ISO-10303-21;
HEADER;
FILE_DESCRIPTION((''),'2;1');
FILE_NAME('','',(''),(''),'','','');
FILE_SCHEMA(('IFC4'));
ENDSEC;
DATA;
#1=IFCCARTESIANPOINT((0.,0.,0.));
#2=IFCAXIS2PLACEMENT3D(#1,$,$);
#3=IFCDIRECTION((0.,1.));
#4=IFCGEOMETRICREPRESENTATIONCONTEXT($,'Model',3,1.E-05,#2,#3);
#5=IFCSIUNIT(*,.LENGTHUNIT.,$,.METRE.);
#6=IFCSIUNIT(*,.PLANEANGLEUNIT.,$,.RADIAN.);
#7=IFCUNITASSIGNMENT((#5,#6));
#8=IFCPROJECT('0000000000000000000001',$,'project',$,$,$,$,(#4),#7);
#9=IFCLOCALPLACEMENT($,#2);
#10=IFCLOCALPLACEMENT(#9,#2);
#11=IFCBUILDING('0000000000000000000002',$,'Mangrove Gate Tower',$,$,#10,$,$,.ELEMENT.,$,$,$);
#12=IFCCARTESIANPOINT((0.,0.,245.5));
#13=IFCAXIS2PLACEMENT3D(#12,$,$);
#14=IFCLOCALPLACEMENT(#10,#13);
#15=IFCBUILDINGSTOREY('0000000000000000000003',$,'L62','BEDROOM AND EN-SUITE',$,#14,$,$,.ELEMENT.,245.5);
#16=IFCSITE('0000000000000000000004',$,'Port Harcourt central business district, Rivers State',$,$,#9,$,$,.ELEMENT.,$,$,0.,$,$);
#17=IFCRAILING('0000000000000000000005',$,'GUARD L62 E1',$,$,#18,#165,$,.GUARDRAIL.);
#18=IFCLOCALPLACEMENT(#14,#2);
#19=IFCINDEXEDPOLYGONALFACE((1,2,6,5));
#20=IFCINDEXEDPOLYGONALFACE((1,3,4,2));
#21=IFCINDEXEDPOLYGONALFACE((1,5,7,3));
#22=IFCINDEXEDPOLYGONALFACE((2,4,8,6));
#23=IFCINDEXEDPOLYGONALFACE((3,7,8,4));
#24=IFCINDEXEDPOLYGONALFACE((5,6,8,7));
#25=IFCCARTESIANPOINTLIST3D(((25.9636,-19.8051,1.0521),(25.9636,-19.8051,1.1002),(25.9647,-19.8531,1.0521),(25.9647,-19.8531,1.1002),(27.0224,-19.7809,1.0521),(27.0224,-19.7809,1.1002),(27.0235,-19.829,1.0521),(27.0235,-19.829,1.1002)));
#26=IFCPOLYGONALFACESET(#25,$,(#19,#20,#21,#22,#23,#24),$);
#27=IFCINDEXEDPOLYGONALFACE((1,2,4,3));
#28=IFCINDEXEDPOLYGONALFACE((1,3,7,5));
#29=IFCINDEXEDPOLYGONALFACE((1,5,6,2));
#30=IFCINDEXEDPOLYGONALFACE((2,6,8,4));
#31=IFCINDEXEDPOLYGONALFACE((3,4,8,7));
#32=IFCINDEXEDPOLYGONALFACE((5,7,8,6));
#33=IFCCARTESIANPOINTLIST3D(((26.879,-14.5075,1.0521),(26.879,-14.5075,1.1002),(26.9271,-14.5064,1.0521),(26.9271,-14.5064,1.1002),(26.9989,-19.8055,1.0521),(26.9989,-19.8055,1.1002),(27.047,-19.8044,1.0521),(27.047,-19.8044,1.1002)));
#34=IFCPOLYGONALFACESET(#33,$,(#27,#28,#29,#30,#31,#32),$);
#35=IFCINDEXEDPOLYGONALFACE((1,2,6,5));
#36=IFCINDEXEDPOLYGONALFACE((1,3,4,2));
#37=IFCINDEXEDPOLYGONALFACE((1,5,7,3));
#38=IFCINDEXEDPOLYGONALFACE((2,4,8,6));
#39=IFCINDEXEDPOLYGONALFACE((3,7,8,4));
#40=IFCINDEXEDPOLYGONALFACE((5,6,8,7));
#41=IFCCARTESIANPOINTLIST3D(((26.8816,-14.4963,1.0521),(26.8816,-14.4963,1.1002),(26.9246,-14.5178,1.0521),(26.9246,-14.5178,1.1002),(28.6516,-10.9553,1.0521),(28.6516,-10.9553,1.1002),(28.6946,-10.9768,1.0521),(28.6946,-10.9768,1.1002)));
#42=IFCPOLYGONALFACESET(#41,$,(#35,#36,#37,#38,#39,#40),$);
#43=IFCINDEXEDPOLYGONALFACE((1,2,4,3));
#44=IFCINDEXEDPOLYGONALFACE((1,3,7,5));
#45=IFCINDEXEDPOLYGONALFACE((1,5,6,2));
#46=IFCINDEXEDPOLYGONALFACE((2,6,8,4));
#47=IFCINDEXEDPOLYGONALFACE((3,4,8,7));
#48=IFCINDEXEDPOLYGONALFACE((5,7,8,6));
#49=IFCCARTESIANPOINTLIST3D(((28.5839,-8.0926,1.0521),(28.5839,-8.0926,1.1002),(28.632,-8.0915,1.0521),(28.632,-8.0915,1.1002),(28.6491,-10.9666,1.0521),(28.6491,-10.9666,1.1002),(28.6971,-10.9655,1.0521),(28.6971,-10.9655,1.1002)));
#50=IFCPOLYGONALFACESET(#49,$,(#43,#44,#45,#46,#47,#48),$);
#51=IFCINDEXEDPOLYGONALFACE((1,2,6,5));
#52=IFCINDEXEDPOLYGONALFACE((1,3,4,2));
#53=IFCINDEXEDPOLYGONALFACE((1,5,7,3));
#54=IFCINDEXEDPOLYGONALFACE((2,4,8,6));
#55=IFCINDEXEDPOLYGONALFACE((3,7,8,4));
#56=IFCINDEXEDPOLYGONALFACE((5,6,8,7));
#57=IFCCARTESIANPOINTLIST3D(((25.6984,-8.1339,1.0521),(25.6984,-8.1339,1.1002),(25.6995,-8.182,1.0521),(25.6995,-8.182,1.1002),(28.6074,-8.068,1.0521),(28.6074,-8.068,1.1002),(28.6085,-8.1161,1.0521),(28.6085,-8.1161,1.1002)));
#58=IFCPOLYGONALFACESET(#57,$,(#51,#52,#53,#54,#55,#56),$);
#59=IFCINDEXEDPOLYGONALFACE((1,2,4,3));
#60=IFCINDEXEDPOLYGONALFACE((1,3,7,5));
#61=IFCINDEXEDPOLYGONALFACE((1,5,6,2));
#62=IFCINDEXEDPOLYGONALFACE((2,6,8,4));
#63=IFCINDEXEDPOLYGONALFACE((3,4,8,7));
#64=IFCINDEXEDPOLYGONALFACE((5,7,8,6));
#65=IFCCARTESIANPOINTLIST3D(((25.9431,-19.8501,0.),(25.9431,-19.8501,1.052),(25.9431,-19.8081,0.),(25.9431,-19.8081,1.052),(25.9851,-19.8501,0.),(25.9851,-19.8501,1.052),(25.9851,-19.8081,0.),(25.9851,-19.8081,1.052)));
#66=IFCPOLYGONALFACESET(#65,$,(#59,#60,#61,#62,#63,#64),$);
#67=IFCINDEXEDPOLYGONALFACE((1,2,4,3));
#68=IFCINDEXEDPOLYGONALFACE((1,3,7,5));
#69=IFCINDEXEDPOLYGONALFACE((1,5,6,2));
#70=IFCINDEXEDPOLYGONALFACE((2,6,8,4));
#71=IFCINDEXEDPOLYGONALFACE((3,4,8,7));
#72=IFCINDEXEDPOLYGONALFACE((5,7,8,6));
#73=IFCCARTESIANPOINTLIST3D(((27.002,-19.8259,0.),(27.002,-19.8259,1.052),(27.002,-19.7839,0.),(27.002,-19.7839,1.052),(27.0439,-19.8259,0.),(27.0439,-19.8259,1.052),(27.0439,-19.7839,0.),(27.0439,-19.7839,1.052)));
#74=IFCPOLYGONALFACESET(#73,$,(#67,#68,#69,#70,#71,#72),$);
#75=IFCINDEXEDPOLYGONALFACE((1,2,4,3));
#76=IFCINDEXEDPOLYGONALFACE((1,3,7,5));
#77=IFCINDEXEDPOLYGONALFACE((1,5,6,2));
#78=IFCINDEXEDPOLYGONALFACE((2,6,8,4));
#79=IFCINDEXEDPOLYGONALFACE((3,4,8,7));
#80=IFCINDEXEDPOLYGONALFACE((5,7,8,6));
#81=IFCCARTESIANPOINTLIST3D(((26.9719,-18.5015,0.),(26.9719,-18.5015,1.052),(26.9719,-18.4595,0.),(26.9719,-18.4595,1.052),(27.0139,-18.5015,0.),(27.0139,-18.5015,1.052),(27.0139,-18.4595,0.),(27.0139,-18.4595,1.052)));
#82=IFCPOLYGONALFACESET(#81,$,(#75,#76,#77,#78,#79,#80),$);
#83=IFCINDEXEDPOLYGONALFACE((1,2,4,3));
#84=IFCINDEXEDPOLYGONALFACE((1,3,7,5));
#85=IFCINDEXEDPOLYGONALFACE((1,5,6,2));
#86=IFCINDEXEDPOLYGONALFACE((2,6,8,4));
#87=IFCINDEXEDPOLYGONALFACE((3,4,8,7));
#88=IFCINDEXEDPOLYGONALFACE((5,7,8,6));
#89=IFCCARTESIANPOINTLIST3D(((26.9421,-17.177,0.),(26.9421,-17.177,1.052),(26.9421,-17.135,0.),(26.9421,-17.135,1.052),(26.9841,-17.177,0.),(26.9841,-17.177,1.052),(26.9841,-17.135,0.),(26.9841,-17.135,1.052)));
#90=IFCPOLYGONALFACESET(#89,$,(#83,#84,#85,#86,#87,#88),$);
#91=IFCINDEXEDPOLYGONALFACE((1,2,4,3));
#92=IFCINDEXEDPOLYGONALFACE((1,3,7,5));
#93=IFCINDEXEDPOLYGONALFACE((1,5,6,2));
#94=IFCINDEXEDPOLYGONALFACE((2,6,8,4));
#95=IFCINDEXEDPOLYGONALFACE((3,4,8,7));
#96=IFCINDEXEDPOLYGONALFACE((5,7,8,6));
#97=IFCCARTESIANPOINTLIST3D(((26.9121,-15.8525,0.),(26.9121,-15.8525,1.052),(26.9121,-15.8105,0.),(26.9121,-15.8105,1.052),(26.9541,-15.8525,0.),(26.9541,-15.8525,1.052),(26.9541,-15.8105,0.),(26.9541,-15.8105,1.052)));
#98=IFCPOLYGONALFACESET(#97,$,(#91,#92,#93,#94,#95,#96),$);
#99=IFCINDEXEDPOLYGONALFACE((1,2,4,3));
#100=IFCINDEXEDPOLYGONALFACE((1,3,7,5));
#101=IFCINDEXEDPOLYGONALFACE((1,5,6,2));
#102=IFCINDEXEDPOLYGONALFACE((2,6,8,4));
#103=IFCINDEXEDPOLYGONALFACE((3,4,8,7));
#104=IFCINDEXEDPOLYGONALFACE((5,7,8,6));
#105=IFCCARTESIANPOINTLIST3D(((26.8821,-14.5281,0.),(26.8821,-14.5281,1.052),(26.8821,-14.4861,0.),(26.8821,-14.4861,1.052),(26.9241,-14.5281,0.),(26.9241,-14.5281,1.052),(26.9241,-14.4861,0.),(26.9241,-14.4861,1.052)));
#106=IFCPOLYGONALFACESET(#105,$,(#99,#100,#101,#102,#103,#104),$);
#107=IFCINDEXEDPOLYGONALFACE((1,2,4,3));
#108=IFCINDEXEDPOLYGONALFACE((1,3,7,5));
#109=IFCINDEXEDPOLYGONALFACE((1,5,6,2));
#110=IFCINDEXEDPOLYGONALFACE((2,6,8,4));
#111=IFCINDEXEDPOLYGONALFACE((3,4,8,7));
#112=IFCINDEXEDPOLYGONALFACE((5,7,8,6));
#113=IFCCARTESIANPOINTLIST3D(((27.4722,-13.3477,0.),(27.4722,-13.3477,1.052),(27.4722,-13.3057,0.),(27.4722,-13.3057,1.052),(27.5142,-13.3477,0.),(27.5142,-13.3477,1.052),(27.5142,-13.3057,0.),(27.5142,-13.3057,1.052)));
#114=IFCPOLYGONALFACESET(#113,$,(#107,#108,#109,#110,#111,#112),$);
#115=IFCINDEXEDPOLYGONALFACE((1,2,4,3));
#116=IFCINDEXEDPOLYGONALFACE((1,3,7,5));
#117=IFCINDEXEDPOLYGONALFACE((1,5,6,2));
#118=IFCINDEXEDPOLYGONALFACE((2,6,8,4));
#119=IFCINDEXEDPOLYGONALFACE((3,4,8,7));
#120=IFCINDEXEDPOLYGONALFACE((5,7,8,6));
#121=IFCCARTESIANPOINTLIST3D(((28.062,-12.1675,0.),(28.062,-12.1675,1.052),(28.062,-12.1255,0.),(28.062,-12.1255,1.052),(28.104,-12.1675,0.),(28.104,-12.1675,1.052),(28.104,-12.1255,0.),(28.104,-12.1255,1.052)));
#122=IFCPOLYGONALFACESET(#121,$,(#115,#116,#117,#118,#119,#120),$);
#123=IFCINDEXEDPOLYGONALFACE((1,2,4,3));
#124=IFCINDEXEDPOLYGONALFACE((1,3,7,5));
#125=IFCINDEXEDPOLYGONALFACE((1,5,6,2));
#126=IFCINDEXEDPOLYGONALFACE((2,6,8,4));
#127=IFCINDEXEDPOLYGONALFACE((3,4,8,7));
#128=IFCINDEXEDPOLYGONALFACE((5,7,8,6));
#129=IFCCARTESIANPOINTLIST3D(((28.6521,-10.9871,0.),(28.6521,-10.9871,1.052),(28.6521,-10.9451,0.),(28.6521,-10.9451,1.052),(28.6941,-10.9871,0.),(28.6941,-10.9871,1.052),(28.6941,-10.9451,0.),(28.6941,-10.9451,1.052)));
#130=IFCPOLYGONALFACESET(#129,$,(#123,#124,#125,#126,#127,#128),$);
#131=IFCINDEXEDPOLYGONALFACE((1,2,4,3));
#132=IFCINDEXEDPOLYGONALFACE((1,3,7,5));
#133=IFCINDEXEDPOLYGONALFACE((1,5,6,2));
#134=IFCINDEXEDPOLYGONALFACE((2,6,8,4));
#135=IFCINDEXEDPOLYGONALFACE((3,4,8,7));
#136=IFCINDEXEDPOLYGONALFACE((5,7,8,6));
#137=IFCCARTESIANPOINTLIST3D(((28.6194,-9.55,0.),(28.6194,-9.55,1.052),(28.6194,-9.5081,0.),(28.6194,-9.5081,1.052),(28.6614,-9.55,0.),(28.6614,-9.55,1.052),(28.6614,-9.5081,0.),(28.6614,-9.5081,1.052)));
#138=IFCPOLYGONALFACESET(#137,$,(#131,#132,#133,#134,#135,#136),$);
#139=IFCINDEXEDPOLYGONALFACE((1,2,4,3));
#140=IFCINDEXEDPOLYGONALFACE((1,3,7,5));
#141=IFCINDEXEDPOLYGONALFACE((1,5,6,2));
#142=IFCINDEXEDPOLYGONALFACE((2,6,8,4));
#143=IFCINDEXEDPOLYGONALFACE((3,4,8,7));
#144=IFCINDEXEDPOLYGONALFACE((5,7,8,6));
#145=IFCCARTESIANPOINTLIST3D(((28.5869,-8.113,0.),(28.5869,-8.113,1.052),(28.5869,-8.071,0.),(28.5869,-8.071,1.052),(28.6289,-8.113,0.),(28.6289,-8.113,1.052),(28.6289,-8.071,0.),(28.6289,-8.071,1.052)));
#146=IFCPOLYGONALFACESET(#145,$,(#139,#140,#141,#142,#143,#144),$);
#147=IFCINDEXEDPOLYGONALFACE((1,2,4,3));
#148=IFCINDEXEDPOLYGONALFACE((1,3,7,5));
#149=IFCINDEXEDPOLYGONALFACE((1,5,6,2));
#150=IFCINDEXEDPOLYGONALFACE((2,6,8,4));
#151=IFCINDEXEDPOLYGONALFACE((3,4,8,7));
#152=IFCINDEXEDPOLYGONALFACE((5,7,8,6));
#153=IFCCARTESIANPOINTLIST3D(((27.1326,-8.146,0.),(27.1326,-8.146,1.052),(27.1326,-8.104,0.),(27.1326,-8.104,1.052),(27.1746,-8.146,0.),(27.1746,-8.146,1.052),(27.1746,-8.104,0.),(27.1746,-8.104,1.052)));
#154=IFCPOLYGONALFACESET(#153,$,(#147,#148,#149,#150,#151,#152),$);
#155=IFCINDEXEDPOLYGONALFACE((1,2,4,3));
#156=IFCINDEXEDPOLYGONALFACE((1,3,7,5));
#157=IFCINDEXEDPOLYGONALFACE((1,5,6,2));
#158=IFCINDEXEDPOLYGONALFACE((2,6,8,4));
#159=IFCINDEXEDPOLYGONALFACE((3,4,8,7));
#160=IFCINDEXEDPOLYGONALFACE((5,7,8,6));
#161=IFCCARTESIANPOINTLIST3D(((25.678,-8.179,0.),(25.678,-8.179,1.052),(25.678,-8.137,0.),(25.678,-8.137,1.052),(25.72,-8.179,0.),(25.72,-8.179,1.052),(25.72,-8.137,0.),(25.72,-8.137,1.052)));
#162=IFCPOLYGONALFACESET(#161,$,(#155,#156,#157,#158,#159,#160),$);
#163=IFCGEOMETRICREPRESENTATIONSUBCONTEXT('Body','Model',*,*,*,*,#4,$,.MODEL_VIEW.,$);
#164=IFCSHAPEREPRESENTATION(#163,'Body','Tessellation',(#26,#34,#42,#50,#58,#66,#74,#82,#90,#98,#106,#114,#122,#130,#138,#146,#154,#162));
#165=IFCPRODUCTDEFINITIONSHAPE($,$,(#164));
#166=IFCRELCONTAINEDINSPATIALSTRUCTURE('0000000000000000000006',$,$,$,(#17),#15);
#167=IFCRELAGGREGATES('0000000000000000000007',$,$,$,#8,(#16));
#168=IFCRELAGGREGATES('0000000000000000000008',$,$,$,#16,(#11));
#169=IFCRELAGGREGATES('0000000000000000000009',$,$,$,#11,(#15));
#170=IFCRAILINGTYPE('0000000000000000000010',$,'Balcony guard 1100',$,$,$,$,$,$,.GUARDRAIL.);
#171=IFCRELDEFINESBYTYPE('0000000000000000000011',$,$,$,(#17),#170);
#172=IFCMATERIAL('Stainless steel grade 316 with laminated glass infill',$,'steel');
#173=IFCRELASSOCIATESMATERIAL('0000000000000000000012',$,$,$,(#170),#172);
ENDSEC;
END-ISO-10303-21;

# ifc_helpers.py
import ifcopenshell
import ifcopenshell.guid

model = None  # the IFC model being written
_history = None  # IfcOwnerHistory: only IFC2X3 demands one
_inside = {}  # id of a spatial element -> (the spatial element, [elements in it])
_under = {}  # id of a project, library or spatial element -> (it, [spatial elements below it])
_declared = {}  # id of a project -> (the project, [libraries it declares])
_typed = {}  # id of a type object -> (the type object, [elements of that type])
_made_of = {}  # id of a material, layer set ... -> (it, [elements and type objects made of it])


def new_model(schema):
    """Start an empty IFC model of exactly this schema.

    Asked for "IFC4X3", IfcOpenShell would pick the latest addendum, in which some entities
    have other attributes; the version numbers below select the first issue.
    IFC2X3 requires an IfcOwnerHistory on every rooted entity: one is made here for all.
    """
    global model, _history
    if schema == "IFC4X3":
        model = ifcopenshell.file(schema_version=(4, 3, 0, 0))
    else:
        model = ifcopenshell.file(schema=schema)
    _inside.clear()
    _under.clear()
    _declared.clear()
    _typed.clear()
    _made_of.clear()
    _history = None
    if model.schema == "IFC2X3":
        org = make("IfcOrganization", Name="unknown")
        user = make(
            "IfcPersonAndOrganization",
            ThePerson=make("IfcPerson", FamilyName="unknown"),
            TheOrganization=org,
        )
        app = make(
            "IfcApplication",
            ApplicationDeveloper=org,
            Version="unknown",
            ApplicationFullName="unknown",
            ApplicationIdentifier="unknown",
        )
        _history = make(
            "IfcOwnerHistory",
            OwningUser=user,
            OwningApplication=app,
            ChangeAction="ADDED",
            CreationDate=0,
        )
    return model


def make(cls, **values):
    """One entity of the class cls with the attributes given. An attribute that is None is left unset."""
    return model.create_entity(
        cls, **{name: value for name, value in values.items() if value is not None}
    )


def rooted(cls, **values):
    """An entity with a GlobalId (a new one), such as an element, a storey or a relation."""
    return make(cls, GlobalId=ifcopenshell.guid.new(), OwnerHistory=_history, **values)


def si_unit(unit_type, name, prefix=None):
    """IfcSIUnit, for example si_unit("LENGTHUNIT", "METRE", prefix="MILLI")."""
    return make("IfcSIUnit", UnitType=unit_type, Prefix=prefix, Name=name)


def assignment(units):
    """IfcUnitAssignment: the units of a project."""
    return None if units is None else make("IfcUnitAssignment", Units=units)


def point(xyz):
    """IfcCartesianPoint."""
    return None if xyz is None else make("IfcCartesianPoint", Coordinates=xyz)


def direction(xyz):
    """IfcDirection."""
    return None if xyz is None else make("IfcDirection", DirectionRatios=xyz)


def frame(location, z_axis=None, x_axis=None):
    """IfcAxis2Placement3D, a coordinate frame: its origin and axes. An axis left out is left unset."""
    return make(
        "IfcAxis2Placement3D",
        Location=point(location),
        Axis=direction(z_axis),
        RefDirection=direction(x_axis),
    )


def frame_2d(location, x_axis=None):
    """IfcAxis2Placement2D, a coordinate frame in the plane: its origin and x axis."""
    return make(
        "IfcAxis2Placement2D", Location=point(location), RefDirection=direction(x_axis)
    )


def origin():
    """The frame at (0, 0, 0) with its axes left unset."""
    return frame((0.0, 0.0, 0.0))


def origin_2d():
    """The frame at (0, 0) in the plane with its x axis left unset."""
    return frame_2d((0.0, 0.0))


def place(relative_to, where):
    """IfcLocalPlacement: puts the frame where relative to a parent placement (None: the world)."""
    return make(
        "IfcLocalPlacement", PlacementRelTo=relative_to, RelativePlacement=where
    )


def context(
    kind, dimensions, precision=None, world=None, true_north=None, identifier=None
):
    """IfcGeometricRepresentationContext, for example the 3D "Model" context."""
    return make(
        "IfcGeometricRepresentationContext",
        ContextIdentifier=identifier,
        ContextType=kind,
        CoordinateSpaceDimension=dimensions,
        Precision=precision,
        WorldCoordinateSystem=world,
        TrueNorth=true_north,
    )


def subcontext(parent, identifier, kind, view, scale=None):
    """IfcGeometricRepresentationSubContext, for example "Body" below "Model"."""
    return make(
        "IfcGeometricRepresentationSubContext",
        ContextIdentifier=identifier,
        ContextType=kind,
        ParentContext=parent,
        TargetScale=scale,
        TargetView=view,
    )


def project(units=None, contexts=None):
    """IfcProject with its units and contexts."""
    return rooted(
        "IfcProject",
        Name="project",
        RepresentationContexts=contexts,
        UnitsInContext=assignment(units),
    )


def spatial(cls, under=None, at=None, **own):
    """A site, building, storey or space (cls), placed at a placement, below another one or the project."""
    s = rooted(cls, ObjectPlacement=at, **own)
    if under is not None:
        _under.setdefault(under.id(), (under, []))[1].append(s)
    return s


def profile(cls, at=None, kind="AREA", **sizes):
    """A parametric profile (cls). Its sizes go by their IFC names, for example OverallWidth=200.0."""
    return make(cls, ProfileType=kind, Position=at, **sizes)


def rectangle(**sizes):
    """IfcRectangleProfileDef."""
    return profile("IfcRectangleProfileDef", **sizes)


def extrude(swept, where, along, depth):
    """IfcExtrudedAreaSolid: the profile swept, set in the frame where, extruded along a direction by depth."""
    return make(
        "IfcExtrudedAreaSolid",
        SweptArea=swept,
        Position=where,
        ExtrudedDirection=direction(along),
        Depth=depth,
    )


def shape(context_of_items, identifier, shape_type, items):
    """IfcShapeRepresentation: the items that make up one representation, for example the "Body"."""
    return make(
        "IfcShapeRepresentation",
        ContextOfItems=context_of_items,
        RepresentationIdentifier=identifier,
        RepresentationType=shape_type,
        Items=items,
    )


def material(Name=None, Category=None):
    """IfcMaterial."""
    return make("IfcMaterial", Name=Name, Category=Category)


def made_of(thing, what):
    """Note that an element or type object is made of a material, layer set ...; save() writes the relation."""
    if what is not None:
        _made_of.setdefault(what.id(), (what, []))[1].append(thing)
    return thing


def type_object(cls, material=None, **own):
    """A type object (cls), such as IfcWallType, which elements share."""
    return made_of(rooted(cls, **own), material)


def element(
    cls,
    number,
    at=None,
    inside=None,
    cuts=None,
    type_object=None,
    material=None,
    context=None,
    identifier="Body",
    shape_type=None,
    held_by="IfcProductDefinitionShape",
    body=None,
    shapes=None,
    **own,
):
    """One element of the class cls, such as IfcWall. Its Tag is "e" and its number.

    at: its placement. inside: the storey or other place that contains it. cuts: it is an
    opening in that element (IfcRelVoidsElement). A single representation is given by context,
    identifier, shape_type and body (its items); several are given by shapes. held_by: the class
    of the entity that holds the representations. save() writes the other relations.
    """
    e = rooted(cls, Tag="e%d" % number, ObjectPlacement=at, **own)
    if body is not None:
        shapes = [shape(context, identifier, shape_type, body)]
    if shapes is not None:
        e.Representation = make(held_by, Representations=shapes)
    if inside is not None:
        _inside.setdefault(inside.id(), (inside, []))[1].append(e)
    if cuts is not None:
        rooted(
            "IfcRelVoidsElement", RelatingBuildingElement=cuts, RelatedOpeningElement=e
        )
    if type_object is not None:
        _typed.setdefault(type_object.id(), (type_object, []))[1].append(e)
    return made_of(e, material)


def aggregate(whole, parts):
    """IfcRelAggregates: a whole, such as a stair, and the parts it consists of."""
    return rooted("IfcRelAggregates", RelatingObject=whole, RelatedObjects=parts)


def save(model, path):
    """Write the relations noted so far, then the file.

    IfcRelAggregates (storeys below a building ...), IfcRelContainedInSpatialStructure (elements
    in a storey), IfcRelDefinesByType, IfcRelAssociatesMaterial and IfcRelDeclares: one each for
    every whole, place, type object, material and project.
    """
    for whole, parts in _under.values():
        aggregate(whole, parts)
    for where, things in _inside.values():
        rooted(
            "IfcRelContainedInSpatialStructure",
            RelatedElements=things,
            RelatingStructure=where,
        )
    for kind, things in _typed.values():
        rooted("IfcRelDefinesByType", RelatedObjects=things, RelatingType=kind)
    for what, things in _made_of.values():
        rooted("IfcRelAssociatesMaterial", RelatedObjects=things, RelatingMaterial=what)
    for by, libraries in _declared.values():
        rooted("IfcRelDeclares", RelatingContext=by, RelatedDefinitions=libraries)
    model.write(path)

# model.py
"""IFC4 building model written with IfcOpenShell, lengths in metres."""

from ifc_helpers import new_model, si_unit, direction, frame, origin, origin_2d, place, context, subcontext, project, spatial, rectangle, extrude, material, type_object, element, save


model = new_model("IFC4")

# Units and contexts
model_context = context("Model", 3, precision=1e-05, world=origin(), true_north=direction((0.0, 1.0)))
body_context = subcontext(model_context, "Body", "Model", "MODEL_VIEW")
ifc_project = project(units=[si_unit("LENGTHUNIT", "METRE"), si_unit("PLANEANGLEUNIT", "RADIAN")], contexts=[model_context])

# Site, building, storey
site_placement = place(None, origin())
site = spatial("IfcSite", under=ifc_project, at=site_placement, Name="Port Harcourt central business district, Rivers State", CompositionType="ELEMENT", RefElevation=0.0)
building_placement = place(site_placement, origin())
building = spatial("IfcBuilding", under=site, at=building_placement, Name="Mangrove Gate Tower", CompositionType="ELEMENT")
storey_placement = place(building_placement, frame((0.0, 0.0, 245.5)))
storey = spatial("IfcBuildingStorey", under=building, at=storey_placement, Name="L62", Description="BEDROOM AND EN-SUITE", CompositionType="ELEMENT", Elevation=245.5)

# Railing
ifc_material_1 = material(Name="Stainless steel grade 316 with laminated glass infill", Category="steel")
railing_type = type_object("IfcRailingType", Name="Balcony guard 1100", PredefinedType="GUARDRAIL", material=ifc_material_1)
railing_placement = place(storey_placement, frame((25.9641, -19.8291, 0.0)))
element("IfcRailing", 1, at=railing_placement, inside=storey, type_object=railing_type, Name="GUARD L62 E1", PredefinedType="GUARDRAIL", context=body_context, shape_type="SweptSolid", body=[
    extrude(rectangle(XDim=0.0481, YDim=0.0481, at=origin_2d()), frame((0.0, 0.0, 1.0762), z_axis=(0.99974, 0.022821, 0.0), x_axis=(-0.022821, 0.99974, 0.0)), (0.0, 0.0, 1.0), 1.0591),
    extrude(rectangle(XDim=0.0481, YDim=0.0481, at=origin_2d()), frame((1.0588, 0.0242, 1.0762), z_axis=(-0.022621, 0.999744, 0.0), x_axis=(-0.999744, -0.022621, 0.0)), (0.0, 0.0, 1.0), 5.2993),
    extrude(rectangle(XDim=0.0481, YDim=0.0481, at=origin_2d()), frame((0.939, 5.322, 1.0762), z_axis=(0.447115, 0.894477, 0.0), x_axis=(-0.894477, 0.447115, 0.0)), (0.0, 0.0, 1.0), 3.9587),
    extrude(rectangle(XDim=0.0481, YDim=0.0481, at=origin_2d()), frame((2.709, 8.863, 1.0762), z_axis=(-0.022675, 0.999743, 0.0), x_axis=(-0.999743, -0.022675, 0.0)), (0.0, 0.0, 1.0), 2.8748),
    extrude(rectangle(XDim=0.0481, YDim=0.0481, at=origin_2d()), frame((2.6438, 11.7371, 1.0762), z_axis=(-0.999743, -0.022655, 0.0), x_axis=(0.022655, -0.999743, 0.0)), (0.0, 0.0, 1.0), 2.9097),
    extrude(rectangle(XDim=0.042, YDim=0.042, at=origin_2d()), origin(), (0.0, 0.0, 1.0), 1.052),
    extrude(rectangle(XDim=0.042, YDim=0.042, at=origin_2d()), frame((1.0588, 0.0242, 0.0)), (0.0, 0.0, 1.0), 1.052),
    extrude(rectangle(XDim=0.042, YDim=0.042, at=origin_2d()), frame((1.0288, 1.3486, 0.0)), (0.0, 0.0, 1.0), 1.052),
    extrude(rectangle(XDim=0.042, YDim=0.042, at=origin_2d()), frame((0.999, 2.6731, 0.0)), (0.0, 0.0, 1.0), 1.052),
    extrude(rectangle(XDim=0.042, YDim=0.042, at=origin_2d()), frame((0.969, 3.9976, 0.0)), (0.0, 0.0, 1.0), 1.052),
    extrude(rectangle(XDim=0.042, YDim=0.042, at=origin_2d()), frame((0.939, 5.322, 0.0)), (0.0, 0.0, 1.0), 1.052),
    extrude(rectangle(XDim=0.042, YDim=0.042, at=origin_2d()), frame((1.5291, 6.5024, 0.0)), (0.0, 0.0, 1.0), 1.052),
    extrude(rectangle(XDim=0.042, YDim=0.042, at=origin_2d()), frame((2.1189, 7.6826, 0.0)), (0.0, 0.0, 1.0), 1.052),
    extrude(rectangle(XDim=0.042, YDim=0.042, at=origin_2d()), frame((2.709, 8.863, 0.0)), (0.0, 0.0, 1.0), 1.052),
    extrude(rectangle(XDim=0.042, YDim=0.042, at=origin_2d()), frame((2.6763, 10.3, 0.0)), (0.0, 0.0, 1.0), 1.052),
    extrude(rectangle(XDim=0.042, YDim=0.042, at=origin_2d()), frame((2.6438, 11.7371, 0.0)), (0.0, 0.0, 1.0), 1.052),
    extrude(rectangle(XDim=0.042, YDim=0.042, at=origin_2d()), frame((1.1895, 11.7041, 0.0)), (0.0, 0.0, 1.0), 1.052),
    extrude(rectangle(XDim=0.042, YDim=0.042, at=origin_2d()), frame((-0.2651, 11.6711, 0.0)), (0.0, 0.0, 1.0), 1.052),
])

save(model, "model.ifc")
